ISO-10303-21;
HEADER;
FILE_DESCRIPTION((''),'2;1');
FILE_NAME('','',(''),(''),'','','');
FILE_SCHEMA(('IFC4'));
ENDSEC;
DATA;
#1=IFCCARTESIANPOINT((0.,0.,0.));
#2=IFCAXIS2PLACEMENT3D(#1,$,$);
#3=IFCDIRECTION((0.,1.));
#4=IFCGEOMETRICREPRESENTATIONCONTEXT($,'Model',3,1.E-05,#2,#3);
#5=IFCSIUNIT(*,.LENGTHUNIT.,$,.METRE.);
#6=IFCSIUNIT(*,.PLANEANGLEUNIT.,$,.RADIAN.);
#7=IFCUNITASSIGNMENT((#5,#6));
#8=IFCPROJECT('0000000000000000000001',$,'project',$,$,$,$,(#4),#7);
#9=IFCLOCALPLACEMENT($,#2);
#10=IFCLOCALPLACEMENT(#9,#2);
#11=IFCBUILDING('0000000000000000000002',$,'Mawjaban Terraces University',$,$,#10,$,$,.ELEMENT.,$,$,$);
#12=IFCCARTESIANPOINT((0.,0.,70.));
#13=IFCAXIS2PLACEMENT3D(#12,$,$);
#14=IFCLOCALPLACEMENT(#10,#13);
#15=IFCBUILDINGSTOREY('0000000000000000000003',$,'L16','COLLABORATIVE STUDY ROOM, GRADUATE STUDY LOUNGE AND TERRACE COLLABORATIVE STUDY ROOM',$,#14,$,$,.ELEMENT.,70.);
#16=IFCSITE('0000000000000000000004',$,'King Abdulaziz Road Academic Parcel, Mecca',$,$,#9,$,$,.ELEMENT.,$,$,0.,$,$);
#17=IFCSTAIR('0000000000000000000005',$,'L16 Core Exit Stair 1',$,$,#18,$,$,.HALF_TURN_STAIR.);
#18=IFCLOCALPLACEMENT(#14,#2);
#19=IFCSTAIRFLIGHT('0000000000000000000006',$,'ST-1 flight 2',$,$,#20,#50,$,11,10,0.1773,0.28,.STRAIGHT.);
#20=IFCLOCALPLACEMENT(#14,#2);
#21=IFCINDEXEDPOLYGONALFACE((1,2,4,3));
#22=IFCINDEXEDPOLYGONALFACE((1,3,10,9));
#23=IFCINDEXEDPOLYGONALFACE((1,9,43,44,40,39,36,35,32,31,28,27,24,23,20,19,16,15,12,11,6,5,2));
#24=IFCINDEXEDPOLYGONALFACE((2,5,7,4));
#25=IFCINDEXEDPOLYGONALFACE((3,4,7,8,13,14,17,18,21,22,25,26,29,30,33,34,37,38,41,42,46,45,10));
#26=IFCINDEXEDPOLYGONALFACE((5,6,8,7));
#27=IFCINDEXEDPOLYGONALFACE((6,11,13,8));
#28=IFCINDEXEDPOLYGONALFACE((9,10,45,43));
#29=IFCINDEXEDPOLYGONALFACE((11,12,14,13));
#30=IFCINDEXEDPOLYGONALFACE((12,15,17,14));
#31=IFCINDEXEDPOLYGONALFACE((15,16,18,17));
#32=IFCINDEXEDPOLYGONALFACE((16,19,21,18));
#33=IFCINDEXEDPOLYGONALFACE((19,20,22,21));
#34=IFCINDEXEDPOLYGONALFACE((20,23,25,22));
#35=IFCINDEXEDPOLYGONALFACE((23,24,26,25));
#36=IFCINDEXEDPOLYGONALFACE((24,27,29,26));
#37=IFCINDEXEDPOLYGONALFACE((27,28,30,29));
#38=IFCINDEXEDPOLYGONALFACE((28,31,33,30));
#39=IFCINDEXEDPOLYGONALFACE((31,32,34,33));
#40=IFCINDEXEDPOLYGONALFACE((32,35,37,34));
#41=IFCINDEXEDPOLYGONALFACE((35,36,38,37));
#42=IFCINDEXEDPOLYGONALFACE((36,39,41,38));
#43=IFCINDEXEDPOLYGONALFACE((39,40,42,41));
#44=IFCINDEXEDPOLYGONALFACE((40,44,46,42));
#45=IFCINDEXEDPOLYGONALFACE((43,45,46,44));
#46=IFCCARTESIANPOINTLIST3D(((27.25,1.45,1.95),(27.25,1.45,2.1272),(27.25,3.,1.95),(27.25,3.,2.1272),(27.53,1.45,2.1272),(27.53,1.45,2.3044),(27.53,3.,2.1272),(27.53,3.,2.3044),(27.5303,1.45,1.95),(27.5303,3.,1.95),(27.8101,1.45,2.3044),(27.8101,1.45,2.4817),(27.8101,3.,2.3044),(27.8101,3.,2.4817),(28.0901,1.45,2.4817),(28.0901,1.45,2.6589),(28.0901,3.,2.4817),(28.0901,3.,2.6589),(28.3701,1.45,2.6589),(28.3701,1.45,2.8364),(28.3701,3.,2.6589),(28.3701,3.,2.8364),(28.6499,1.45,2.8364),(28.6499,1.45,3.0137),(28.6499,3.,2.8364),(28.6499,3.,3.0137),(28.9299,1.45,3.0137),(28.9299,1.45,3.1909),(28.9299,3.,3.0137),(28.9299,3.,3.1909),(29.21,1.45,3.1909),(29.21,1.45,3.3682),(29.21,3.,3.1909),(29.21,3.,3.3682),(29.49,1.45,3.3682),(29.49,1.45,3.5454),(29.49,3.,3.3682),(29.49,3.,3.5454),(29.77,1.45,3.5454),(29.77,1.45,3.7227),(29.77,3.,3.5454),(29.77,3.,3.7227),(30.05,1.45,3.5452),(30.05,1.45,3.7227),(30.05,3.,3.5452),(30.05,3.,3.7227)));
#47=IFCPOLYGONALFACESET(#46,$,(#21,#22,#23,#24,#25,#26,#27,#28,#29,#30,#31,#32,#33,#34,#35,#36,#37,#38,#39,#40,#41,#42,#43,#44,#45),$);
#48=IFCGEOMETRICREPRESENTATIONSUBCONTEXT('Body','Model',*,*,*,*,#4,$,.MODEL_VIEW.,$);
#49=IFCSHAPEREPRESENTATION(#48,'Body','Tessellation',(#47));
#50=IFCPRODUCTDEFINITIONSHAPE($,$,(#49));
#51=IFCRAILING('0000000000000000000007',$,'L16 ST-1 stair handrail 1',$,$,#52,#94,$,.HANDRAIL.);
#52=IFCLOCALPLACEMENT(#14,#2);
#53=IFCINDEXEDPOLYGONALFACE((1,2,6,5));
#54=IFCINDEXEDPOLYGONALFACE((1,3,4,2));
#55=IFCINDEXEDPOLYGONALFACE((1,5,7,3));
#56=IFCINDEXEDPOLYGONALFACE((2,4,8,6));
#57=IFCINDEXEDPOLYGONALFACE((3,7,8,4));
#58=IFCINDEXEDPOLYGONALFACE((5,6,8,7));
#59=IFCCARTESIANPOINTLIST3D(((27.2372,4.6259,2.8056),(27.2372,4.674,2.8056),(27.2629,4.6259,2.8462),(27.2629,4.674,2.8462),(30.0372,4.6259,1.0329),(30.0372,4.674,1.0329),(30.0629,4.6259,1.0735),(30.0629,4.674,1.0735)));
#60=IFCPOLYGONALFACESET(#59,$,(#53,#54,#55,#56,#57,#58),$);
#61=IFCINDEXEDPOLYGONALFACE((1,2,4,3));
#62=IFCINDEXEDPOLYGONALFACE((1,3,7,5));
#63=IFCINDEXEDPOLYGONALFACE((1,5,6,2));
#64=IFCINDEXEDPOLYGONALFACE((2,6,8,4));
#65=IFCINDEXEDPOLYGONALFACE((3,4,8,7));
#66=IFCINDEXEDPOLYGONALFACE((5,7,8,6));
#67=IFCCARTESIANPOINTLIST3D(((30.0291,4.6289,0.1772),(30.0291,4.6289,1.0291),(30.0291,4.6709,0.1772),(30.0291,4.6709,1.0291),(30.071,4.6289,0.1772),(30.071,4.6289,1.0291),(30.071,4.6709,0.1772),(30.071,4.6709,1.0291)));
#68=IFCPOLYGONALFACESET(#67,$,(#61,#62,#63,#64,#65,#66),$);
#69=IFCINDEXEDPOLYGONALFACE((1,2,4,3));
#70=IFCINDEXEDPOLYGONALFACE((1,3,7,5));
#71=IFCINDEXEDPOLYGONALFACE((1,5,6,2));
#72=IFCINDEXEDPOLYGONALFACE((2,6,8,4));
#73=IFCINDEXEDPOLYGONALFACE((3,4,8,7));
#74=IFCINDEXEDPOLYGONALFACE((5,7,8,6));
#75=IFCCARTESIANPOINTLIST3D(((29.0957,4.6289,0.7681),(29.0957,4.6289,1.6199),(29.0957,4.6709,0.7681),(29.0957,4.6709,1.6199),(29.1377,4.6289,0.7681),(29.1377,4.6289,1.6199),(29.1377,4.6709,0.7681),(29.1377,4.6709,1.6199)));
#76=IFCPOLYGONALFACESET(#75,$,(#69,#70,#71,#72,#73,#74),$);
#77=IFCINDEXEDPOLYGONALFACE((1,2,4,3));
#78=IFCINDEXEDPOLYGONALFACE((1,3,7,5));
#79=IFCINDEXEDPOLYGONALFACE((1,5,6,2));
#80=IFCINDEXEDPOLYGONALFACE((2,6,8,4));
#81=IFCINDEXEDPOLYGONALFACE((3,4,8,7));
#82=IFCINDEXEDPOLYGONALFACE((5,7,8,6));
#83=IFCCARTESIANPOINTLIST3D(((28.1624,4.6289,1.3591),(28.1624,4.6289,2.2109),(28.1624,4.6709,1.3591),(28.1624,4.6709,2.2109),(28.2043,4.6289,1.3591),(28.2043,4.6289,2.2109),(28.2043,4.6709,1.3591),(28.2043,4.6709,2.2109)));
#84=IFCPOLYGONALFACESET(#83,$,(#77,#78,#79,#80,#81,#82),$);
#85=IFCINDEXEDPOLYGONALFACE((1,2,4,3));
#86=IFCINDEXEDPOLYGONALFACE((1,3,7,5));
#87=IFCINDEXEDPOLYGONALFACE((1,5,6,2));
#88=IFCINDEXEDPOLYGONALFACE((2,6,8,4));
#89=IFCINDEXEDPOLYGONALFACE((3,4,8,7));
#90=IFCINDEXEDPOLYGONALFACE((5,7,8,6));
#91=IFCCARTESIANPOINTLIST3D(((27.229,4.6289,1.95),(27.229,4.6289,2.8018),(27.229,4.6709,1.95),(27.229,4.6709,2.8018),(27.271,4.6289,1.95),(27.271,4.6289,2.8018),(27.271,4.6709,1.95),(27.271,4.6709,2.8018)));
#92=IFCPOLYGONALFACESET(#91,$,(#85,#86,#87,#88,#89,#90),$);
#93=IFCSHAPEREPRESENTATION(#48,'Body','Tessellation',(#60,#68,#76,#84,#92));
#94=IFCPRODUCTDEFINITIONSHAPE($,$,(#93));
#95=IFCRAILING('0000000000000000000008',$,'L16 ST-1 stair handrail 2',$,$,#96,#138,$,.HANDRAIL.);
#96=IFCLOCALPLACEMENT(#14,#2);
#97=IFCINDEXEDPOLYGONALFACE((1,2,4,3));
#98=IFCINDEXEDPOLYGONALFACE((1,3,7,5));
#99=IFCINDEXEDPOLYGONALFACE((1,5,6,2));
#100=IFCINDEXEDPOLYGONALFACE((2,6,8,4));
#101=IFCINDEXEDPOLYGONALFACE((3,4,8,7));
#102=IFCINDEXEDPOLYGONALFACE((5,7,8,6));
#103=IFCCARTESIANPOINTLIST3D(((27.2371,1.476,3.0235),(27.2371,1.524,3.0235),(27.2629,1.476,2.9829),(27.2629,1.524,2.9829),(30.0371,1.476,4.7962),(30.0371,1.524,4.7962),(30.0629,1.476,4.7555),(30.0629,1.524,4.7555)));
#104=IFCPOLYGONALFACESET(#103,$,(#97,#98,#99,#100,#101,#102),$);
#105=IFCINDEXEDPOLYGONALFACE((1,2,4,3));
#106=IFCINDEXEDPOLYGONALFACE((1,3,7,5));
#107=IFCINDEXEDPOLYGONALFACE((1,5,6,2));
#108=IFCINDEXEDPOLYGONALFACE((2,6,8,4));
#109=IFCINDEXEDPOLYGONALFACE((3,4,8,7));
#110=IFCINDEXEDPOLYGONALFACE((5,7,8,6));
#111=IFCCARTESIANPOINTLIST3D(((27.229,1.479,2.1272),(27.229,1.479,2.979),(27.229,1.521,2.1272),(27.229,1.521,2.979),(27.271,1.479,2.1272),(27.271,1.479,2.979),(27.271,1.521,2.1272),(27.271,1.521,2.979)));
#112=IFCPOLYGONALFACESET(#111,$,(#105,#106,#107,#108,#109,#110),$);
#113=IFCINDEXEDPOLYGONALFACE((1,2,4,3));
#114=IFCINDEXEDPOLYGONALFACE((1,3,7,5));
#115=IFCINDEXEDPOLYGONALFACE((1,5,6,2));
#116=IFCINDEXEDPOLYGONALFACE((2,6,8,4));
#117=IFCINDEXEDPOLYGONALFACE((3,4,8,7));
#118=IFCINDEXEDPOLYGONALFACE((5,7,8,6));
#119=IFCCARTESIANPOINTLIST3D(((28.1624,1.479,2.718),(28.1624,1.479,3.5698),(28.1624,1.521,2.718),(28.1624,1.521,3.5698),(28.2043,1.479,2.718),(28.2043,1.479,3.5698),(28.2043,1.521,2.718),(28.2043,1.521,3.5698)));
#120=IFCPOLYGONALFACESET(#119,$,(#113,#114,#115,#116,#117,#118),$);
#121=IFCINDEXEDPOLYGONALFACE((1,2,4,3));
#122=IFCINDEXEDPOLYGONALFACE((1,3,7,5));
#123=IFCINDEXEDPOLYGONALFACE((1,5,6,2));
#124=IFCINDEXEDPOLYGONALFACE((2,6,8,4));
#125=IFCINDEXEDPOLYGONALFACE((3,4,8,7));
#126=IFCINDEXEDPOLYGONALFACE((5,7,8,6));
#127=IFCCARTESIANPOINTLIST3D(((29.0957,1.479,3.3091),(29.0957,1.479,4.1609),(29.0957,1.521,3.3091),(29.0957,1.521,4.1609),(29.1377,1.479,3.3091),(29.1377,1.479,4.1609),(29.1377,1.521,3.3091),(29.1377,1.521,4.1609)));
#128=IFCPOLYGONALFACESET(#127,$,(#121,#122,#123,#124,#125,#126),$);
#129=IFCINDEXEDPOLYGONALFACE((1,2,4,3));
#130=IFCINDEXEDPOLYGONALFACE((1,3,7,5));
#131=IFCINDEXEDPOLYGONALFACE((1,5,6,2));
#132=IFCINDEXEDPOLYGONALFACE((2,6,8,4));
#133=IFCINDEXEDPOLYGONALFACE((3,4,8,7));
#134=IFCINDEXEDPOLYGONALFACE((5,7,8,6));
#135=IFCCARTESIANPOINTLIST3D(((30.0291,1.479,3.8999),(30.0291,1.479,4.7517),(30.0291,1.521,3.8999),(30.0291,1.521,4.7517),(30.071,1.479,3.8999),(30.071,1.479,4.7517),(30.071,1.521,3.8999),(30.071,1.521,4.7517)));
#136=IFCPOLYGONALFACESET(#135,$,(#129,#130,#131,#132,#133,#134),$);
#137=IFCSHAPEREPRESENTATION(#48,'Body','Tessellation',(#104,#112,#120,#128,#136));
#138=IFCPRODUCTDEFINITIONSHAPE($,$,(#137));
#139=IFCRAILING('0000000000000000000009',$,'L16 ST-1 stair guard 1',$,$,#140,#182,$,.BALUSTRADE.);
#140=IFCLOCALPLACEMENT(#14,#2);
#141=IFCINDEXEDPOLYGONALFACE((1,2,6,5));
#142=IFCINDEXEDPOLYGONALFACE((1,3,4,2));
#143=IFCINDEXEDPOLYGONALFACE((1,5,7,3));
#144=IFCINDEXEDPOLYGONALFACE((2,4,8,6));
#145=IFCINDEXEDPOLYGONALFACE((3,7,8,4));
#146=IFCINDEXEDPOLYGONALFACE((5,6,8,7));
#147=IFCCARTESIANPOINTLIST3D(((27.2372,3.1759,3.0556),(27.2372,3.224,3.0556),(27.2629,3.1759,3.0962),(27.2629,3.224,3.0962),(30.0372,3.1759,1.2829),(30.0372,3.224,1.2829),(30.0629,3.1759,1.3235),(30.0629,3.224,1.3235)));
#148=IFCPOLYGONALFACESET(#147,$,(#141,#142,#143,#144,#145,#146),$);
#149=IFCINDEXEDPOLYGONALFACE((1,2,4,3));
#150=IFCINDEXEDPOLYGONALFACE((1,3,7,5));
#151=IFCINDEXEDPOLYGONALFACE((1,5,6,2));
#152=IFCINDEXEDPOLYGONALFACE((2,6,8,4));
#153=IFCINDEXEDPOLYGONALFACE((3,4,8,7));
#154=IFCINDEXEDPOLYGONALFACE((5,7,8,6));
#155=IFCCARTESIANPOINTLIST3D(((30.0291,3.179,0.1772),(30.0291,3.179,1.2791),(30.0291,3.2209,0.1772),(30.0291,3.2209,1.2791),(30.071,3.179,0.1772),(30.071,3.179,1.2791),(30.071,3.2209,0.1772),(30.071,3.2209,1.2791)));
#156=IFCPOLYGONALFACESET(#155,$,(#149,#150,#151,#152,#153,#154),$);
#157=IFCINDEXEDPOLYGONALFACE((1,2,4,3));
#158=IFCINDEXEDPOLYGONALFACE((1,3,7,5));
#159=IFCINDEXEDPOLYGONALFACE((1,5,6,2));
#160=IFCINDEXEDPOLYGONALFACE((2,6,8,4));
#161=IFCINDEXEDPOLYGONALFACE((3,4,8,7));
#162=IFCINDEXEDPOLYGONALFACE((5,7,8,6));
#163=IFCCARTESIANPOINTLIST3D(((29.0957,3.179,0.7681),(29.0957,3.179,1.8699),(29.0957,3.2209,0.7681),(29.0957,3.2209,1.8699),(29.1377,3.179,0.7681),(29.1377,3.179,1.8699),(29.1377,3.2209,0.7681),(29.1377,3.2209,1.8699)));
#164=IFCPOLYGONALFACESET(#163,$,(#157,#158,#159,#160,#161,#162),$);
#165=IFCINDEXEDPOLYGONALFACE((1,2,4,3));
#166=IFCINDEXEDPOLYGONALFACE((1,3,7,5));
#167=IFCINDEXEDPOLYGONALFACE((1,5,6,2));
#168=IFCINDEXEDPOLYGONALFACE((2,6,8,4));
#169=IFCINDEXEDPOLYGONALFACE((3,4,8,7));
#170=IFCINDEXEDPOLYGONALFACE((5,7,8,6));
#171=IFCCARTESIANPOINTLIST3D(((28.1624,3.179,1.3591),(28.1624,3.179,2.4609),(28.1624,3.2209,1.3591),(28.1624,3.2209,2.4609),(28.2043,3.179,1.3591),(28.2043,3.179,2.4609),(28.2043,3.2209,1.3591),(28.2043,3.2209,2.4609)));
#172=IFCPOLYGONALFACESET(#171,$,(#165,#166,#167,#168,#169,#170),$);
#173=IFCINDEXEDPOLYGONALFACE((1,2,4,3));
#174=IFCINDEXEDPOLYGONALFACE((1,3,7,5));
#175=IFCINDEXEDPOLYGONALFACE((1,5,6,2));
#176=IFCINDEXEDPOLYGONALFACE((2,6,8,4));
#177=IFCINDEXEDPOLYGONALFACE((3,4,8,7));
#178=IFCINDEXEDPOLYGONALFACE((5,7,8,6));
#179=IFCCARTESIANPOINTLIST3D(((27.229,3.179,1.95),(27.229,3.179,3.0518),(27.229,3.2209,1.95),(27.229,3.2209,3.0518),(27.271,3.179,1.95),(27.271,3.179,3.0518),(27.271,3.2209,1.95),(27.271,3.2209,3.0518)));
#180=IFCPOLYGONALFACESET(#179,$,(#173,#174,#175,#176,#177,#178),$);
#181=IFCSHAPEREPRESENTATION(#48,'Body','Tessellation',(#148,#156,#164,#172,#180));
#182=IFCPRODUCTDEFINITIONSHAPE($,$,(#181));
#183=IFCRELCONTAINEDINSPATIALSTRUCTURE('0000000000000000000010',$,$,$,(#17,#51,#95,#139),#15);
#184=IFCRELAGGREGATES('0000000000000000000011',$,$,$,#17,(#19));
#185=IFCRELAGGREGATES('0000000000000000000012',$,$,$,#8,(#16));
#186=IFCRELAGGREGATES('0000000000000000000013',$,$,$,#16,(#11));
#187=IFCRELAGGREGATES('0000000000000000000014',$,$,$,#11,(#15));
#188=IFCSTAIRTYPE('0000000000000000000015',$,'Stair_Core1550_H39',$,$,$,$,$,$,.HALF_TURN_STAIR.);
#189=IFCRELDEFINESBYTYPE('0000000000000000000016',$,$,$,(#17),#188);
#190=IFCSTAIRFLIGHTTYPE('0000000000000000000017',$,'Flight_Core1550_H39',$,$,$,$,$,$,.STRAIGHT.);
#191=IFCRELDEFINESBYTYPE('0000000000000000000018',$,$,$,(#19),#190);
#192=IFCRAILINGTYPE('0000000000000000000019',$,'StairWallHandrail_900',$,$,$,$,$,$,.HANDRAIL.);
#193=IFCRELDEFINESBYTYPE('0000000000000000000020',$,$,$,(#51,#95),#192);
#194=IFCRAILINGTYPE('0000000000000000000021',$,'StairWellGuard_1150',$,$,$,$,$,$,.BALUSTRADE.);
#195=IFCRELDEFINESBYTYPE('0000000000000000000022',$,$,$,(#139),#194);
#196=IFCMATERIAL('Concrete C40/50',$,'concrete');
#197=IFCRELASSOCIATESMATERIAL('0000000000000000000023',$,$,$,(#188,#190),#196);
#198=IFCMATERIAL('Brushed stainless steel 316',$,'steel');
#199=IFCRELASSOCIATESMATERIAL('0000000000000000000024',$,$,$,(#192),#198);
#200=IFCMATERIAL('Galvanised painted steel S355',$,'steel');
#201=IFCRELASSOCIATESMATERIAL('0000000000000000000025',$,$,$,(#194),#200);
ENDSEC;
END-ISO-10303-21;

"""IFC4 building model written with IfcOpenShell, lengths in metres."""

from ifc_helpers import new_model, si_unit, direction, frame, origin, origin_2d, place, context, subcontext, project, spatial, polyline, rectangle, outline, extrude, material, type_object, element, aggregate, save


model = new_model("IFC4")

# Units and contexts
model_context = context("Model", 3, precision=1e-05, world=origin(), true_north=direction((0.0, 1.0)))
body_context = subcontext(model_context, "Body", "Model", "MODEL_VIEW")
ifc_project = project(units=[si_unit("LENGTHUNIT", "METRE"), si_unit("PLANEANGLEUNIT", "RADIAN")], contexts=[model_context])

# Site, building, storey
site_placement = place(None, origin())
site = spatial("IfcSite", under=ifc_project, at=site_placement, Name="King Abdulaziz Road Academic Parcel, Mecca", CompositionType="ELEMENT", RefElevation=0.0)
building_placement = place(site_placement, origin())
building = spatial("IfcBuilding", under=site, at=building_placement, Name="Mawjaban Terraces University", CompositionType="ELEMENT")
storey_placement = place(building_placement, frame((0.0, 0.0, 70.0)))
storey = spatial("IfcBuildingStorey", under=building, at=storey_placement, Name="L16", Description="COLLABORATIVE STUDY ROOM, GRADUATE STUDY LOUNGE AND TERRACE COLLABORATIVE STUDY ROOM", CompositionType="ELEMENT", Elevation=70.0)

# Shared definitions
ifc_material_1 = material(Name="Concrete C40/50", Category="concrete")

# Stair, stair flight
stair_type = type_object("IfcStairType", Name="Stair_Core1550_H39", PredefinedType="HALF_TURN_STAIR", material=ifc_material_1)
stair_placement = place(storey_placement, origin())
stair = element("IfcStair", 1, at=stair_placement, inside=storey, type_object=stair_type, Name="L16 Core Exit Stair 1", PredefinedType="HALF_TURN_STAIR")
stair_flight_type = type_object("IfcStairFlightType", Name="Flight_Core1550_H39", PredefinedType="STRAIGHT", material=ifc_material_1)
stair_flight_1_placement = place(storey_placement, frame((27.25, 2.2251, 1.95), z_axis=(0.0, 0.0, 1.0), x_axis=(1.0, 0.0, 0.0)))
stair_flight_1 = element("IfcStairFlight", 2, at=stair_flight_1_placement, type_object=stair_flight_type, Name="ST-1 flight 2", NumberOfRisers=11, NumberOfTreads=10, PredefinedType="STRAIGHT", RiserHeight=0.1773, TreadLength=0.28, context=body_context, shape_type="SweptSolid", body=[
    extrude(outline(polyline([(0.0, 0.0), (0.0, 0.1772), (0.28, 0.1772), (0.28, 0.3545), (0.5601, 0.3545), (0.5601, 0.5317), (0.8401, 0.5317), (0.8401, 0.709), (1.1201, 0.709), (1.1201, 0.8865), (1.3999, 0.8865), (1.3999, 1.0637), (1.6799, 1.0637), (1.6799, 1.241), (1.96, 1.241), (1.96, 1.4182), (2.24, 1.4182), (2.24, 1.5955), (2.52, 1.5955), (2.52, 1.7727), (2.8, 1.7727), (2.8, 1.95), (2.8, 1.5952), (0.2803, 0.0), (0.0, 0.0)])), frame((0.0, 0.7749, 0.0), z_axis=(0.0, -1.0, 0.0), x_axis=(1.0, 0.0, 0.0)), (0.0, 0.0, 1.0), 1.55),
])
aggregate(stair, [stair_flight_1])

# Railings
ifc_material_2 = material(Name="Brushed stainless steel 316", Category="steel")
railing_type_1 = type_object("IfcRailingType", Name="StairWallHandrail_900", PredefinedType="HANDRAIL", material=ifc_material_2)
railing_1_placement = place(storey_placement, frame((30.05, 4.6499, 0.1772)))
element("IfcRailing", 3, at=railing_1_placement, inside=storey, type_object=railing_type_1, Name="L16 ST-1 stair handrail 1", PredefinedType="HANDRAIL", context=body_context, shape_type="SweptSolid", body=[
    extrude(rectangle(XDim=0.0481, YDim=0.0481, at=origin_2d()), frame((0.0, 0.0, 0.876), z_axis=(-0.844909, 0.0, 0.53491), x_axis=(0.0, -1.0, 0.0)), (0.0, 0.0, 1.0), 3.314),
    extrude(rectangle(XDim=0.042, YDim=0.042, at=origin_2d()), origin(), (0.0, 0.0, 1.0), 0.8518),
    extrude(rectangle(XDim=0.042, YDim=0.042, at=origin_2d()), frame((-0.9333, 0.0, 0.5908)), (0.0, 0.0, 1.0), 0.8518),
    extrude(rectangle(XDim=0.042, YDim=0.042, at=origin_2d()), frame((-1.8667, 0.0, 1.1819)), (0.0, 0.0, 1.0), 0.8518),
    extrude(rectangle(XDim=0.042, YDim=0.042, at=origin_2d()), frame((-2.8, 0.0, 1.7727)), (0.0, 0.0, 1.0), 0.8518),
])
railing_2_placement = place(storey_placement, frame((27.25, 1.5, 2.1272)))
element("IfcRailing", 4, at=railing_2_placement, inside=storey, type_object=railing_type_1, Name="L16 ST-1 stair handrail 2", PredefinedType="HANDRAIL", context=body_context, shape_type="SweptSolid", body=[
    extrude(rectangle(XDim=0.0481, YDim=0.0481, at=origin_2d()), frame((0.0, 0.0, 0.876), z_axis=(0.844909, 0.0, 0.53491), x_axis=(0.0, 1.0, 0.0)), (0.0, 0.0, 1.0), 3.314),
    extrude(rectangle(XDim=0.042, YDim=0.042, at=origin_2d()), origin(), (0.0, 0.0, 1.0), 0.8518),
    extrude(rectangle(XDim=0.042, YDim=0.042, at=origin_2d()), frame((0.9333, 0.0, 0.5908)), (0.0, 0.0, 1.0), 0.8518),
    extrude(rectangle(XDim=0.042, YDim=0.042, at=origin_2d()), frame((1.8667, 0.0, 1.1819)), (0.0, 0.0, 1.0), 0.8518),
    extrude(rectangle(XDim=0.042, YDim=0.042, at=origin_2d()), frame((2.8, 0.0, 1.7727)), (0.0, 0.0, 1.0), 0.8518),
])
ifc_material_3 = material(Name="Galvanised painted steel S355", Category="steel")
railing_type_2 = type_object("IfcRailingType", Name="StairWellGuard_1150", PredefinedType="BALUSTRADE", material=ifc_material_3)
railing_3_placement = place(storey_placement, frame((30.05, 3.2, 0.1772)))
element("IfcRailing", 5, at=railing_3_placement, inside=storey, type_object=railing_type_2, Name="L16 ST-1 stair guard 1", PredefinedType="BALUSTRADE", context=body_context, shape_type="SweptSolid", body=[
    extrude(rectangle(XDim=0.0481, YDim=0.0481, at=origin_2d()), frame((0.0, 0.0, 1.126), z_axis=(-0.844909, 0.0, 0.53491), x_axis=(0.0, -1.0, 0.0)), (0.0, 0.0, 1.0), 3.314),
    extrude(rectangle(XDim=0.042, YDim=0.042, at=origin_2d()), origin(), (0.0, 0.0, 1.0), 1.1018),
    extrude(rectangle(XDim=0.042, YDim=0.042, at=origin_2d()), frame((-0.9333, 0.0, 0.5908)), (0.0, 0.0, 1.0), 1.1018),
    extrude(rectangle(XDim=0.042, YDim=0.042, at=origin_2d()), frame((-1.8667, 0.0, 1.1819)), (0.0, 0.0, 1.0), 1.1018),
    extrude(rectangle(XDim=0.042, YDim=0.042, at=origin_2d()), frame((-2.8, 0.0, 1.7727)), (0.0, 0.0, 1.0), 1.1018),
])

save(model, "model.ifc")
